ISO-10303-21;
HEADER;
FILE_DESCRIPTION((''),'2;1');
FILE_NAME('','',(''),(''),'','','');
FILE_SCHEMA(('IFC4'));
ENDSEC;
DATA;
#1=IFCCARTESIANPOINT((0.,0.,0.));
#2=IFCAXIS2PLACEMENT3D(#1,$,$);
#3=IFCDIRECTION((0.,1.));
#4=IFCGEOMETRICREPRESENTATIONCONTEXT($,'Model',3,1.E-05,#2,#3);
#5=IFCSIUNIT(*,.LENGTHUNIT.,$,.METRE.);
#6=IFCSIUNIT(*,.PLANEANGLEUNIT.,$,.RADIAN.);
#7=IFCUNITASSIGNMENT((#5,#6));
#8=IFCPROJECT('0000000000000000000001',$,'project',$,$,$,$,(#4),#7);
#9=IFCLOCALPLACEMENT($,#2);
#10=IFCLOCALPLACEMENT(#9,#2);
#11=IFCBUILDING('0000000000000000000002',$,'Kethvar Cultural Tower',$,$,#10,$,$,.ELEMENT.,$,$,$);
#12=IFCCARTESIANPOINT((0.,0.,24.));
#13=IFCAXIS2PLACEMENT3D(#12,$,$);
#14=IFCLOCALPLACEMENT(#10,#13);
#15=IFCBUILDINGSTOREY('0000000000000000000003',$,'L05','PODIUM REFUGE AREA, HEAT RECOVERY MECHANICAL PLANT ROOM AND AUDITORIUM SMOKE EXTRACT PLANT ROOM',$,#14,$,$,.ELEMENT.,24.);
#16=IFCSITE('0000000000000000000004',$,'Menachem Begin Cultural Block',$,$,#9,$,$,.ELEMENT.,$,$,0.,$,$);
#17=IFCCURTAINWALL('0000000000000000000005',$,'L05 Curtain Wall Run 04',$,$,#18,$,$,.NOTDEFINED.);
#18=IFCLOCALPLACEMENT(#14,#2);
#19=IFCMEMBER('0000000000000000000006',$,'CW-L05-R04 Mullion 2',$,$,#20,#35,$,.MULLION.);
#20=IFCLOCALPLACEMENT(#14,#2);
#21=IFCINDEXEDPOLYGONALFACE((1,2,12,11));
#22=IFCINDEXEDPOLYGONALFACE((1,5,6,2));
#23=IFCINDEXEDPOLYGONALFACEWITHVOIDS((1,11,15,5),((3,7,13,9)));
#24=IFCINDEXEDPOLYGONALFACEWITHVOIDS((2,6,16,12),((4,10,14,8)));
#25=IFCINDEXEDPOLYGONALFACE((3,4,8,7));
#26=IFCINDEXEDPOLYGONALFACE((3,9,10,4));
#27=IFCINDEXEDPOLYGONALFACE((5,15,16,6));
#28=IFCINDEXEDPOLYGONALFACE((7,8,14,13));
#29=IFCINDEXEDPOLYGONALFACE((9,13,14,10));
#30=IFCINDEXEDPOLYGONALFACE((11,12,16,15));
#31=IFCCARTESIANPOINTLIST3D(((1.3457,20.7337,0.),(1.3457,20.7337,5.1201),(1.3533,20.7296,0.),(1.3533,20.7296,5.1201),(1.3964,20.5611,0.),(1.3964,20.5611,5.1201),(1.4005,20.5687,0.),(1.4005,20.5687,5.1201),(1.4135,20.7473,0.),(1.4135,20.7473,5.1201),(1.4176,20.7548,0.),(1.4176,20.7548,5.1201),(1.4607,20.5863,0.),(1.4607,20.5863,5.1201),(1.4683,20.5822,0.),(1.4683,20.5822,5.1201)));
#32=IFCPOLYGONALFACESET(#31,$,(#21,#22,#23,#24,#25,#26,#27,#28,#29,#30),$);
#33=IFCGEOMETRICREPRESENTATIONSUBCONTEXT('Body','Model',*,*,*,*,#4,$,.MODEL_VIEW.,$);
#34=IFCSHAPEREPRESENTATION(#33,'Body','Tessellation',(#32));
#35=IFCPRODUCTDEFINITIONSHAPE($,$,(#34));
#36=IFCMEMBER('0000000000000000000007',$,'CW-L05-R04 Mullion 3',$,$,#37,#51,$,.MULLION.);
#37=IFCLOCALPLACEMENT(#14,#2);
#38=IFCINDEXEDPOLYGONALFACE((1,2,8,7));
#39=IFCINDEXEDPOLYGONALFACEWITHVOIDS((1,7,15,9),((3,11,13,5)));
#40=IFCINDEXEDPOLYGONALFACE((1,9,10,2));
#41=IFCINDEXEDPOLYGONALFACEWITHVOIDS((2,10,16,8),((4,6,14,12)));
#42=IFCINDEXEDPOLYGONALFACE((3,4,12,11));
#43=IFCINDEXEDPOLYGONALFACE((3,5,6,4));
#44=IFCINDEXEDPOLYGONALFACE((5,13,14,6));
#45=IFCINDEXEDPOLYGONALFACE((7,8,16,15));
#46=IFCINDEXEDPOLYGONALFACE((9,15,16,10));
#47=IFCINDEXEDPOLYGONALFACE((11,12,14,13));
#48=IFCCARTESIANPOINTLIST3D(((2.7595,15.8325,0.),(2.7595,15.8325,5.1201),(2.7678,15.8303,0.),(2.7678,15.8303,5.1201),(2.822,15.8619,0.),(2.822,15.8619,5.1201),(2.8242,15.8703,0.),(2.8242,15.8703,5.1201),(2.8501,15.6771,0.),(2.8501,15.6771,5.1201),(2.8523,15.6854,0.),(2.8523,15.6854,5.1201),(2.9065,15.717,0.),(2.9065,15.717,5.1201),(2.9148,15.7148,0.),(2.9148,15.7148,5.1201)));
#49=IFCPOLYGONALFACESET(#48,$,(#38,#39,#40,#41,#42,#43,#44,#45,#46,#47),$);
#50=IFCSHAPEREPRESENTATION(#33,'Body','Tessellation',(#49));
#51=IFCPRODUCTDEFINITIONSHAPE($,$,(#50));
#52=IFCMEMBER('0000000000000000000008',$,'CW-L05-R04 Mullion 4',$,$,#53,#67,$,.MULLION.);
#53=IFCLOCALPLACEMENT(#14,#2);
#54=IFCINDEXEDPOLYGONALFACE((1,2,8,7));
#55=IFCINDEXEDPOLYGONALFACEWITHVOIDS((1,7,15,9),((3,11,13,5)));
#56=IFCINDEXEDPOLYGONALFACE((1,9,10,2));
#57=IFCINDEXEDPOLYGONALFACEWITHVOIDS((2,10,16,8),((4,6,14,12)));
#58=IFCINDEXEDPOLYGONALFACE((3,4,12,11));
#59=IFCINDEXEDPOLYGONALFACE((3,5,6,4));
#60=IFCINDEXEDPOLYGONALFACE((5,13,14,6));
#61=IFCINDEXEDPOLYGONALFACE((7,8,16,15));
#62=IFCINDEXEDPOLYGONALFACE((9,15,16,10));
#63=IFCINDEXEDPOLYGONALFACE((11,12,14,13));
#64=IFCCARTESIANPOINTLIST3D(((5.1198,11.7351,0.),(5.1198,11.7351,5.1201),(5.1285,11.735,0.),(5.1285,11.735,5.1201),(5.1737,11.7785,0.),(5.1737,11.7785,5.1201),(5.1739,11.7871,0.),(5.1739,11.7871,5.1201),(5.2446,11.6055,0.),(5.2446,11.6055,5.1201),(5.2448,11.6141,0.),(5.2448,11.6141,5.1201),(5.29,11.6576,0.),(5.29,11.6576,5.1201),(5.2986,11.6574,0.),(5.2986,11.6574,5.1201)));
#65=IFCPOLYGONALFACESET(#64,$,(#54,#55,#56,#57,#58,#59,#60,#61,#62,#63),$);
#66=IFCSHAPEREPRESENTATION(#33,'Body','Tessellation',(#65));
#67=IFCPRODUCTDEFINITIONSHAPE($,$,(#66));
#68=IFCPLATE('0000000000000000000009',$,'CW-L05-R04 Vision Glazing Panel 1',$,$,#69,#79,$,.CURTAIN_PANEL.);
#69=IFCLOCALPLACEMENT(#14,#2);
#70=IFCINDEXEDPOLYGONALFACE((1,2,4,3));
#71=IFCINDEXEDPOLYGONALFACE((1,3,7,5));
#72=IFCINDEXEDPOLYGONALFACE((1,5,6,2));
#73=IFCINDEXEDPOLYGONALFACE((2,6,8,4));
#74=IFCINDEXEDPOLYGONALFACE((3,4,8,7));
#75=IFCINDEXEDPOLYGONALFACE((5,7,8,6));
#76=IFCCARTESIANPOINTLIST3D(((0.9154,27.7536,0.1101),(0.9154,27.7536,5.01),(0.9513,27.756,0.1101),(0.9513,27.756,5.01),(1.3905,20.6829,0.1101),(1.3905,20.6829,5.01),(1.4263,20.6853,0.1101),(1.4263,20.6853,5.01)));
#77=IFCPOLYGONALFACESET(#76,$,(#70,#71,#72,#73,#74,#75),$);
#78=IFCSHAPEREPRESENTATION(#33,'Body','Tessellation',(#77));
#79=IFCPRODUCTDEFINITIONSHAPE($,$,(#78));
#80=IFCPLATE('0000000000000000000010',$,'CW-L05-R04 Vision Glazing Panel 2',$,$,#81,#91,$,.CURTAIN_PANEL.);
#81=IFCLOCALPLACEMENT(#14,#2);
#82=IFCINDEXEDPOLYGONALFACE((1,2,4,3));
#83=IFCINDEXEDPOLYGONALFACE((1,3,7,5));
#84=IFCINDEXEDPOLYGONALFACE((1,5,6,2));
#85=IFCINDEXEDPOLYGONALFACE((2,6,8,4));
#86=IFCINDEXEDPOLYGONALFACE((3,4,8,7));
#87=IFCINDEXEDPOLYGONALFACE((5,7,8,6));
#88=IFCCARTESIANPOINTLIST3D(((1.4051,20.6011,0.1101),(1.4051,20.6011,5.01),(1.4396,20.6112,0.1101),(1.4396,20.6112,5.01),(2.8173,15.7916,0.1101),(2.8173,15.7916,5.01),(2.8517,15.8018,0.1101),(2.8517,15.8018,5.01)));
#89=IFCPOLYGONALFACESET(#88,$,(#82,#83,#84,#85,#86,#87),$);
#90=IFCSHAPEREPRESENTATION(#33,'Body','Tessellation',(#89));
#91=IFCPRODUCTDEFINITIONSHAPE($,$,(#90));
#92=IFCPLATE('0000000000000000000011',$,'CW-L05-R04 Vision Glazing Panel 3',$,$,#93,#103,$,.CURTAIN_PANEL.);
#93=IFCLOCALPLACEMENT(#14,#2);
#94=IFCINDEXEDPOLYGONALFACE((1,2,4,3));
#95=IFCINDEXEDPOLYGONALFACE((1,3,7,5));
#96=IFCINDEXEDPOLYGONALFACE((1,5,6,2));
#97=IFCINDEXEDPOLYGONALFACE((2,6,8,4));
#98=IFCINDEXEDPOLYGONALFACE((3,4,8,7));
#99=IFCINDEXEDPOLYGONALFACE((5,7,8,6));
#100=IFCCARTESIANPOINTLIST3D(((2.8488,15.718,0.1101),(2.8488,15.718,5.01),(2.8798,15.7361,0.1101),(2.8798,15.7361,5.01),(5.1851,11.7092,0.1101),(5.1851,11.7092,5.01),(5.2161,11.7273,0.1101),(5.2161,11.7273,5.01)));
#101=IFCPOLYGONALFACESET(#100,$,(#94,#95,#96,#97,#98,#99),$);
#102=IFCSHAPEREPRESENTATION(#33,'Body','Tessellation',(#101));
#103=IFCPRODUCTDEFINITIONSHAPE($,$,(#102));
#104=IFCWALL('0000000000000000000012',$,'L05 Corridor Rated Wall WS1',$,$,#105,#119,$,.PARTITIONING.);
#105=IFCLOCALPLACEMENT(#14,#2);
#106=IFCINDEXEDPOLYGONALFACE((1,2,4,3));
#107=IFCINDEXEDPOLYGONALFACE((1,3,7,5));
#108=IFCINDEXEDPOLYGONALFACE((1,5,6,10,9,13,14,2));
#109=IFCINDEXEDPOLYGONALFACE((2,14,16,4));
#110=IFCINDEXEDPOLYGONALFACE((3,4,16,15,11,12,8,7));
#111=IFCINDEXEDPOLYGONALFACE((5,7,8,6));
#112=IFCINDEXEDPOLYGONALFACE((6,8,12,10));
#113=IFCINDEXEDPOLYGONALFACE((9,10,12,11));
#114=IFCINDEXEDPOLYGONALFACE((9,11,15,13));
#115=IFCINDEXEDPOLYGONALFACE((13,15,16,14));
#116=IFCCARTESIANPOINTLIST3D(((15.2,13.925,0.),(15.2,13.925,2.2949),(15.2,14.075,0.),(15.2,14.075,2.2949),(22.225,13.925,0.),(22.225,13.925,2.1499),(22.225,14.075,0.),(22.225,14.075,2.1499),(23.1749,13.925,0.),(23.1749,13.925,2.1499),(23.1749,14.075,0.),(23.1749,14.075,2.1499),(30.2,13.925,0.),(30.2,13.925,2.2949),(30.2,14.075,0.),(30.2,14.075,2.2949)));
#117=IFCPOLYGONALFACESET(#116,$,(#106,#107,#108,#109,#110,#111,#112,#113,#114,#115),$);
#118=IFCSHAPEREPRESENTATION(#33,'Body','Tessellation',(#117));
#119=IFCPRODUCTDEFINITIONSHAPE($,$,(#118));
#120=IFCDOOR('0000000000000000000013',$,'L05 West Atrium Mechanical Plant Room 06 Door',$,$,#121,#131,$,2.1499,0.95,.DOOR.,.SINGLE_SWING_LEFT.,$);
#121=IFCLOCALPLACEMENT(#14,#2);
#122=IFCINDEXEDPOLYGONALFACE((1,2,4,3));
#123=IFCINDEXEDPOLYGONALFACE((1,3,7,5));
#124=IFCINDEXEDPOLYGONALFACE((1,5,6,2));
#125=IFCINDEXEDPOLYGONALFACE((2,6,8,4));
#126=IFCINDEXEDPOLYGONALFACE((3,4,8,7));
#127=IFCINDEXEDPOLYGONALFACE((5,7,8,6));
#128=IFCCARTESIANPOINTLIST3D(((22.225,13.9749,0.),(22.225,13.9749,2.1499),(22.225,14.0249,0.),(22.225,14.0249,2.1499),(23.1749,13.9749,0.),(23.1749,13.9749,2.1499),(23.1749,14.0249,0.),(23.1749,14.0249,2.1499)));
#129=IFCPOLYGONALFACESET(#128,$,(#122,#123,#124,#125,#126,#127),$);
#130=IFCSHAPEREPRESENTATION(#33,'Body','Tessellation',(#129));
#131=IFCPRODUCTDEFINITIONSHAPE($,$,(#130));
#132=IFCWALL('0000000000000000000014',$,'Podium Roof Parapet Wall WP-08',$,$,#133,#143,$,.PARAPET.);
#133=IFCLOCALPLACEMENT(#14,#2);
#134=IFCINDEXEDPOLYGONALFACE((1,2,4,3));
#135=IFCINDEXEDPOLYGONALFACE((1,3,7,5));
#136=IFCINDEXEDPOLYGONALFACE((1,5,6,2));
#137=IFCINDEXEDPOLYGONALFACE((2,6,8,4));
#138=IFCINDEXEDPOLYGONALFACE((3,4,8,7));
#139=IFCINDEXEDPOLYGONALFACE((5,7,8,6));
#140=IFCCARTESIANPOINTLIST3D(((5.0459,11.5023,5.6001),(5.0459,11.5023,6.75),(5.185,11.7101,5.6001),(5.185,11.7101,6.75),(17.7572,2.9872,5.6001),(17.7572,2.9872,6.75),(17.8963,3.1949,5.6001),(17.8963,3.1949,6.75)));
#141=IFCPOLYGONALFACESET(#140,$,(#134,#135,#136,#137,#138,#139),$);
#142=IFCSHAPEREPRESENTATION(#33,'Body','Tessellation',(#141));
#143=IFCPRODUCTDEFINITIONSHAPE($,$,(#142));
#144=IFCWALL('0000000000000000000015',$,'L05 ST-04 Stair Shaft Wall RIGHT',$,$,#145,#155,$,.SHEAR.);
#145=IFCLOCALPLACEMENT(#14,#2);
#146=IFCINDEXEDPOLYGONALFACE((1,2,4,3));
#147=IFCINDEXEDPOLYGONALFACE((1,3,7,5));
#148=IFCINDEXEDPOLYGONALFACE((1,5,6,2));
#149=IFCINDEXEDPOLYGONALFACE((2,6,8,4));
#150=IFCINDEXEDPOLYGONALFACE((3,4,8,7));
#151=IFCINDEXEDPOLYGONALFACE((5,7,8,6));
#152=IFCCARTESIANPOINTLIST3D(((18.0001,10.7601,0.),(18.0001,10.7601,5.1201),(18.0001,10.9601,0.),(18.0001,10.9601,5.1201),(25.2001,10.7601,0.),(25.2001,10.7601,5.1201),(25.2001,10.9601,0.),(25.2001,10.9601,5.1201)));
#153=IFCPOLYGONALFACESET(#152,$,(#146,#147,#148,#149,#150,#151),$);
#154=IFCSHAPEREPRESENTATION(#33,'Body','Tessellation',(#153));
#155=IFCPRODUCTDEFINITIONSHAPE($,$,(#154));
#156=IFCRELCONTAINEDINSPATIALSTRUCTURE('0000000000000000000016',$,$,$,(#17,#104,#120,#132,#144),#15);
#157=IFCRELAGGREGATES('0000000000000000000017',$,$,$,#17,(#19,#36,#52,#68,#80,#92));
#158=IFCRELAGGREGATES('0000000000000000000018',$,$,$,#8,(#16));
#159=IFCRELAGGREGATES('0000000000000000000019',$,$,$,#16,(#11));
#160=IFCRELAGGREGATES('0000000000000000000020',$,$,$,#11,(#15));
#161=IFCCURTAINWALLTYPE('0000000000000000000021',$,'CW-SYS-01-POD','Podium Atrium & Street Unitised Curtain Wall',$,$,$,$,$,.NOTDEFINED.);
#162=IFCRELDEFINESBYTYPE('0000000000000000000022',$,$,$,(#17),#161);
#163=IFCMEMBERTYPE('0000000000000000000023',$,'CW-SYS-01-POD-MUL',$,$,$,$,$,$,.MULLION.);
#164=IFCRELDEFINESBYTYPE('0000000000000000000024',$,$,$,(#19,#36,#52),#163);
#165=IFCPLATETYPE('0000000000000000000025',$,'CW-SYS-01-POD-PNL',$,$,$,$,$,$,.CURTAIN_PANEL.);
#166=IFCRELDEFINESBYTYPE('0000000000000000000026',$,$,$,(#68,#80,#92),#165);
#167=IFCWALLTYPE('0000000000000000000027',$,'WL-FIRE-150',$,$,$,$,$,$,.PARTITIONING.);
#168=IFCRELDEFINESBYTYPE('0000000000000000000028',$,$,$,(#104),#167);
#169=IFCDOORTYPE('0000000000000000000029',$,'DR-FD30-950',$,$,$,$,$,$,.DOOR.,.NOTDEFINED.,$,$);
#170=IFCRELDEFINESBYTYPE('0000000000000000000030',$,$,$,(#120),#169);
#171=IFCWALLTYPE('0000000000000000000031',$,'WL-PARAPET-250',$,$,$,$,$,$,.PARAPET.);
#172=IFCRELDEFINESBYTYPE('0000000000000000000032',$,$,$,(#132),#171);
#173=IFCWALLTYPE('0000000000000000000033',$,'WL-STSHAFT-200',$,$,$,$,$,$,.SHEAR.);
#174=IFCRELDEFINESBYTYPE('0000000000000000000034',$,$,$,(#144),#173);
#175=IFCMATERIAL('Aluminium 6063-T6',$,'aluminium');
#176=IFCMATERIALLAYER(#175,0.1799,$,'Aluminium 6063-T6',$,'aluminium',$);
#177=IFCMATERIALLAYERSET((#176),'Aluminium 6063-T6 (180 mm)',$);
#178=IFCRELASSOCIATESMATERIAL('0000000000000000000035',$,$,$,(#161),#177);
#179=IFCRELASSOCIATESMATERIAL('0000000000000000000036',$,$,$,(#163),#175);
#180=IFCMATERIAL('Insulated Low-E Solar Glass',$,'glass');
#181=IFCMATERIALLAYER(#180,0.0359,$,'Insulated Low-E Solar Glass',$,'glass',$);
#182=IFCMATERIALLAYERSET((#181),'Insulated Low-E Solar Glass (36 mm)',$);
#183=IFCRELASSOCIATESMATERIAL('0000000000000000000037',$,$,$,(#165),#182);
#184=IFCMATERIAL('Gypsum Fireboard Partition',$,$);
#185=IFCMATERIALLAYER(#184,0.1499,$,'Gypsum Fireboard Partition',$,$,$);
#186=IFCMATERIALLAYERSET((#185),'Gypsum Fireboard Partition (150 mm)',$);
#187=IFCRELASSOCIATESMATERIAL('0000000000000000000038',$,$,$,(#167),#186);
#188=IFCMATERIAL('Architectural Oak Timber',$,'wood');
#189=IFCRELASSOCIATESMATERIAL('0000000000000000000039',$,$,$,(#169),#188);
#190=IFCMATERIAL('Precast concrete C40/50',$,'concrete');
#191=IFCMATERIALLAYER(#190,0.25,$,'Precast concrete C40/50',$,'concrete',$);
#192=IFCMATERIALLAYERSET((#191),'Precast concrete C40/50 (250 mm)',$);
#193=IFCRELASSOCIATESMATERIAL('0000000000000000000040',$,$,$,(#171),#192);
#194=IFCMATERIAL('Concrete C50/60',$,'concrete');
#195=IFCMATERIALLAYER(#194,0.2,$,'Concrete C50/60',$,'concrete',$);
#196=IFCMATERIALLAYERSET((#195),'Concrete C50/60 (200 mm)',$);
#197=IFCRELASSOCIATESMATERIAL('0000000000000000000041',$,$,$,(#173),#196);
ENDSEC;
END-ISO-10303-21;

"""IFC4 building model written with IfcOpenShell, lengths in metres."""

from ifc_helpers import new_model, si_unit, direction, frame, frame_2d, origin, origin_2d, place, context, subcontext, project, spatial, rectangle, hollow_rectangle, extrude, source, transform, mapped, material, layer, layer_set, material_profile, profile_set, type_object, element, fill, aggregate, save


model = new_model("IFC4")

# Units and contexts
model_context = context("Model", 3, precision=1e-05, world=origin(), true_north=direction((0.0, 1.0)))
body_context = subcontext(model_context, "Body", "Model", "MODEL_VIEW")
ifc_project = project(units=[si_unit("LENGTHUNIT", "METRE"), si_unit("PLANEANGLEUNIT", "RADIAN")], contexts=[model_context])

# Site, building, storey
site_placement = place(None, origin())
site = spatial("IfcSite", under=ifc_project, at=site_placement, Name="Menachem Begin Cultural Block", CompositionType="ELEMENT", RefElevation=0.0)
building_placement = place(site_placement, origin())
building = spatial("IfcBuilding", under=site, at=building_placement, Name="Kethvar Cultural Tower", CompositionType="ELEMENT")
storey_placement = place(building_placement, frame((0.0, 0.0, 24.0)))
storey = spatial("IfcBuildingStorey", under=building, at=storey_placement, Name="L05", Description="PODIUM REFUGE AREA, HEAT RECOVERY MECHANICAL PLANT ROOM AND AUDITORIUM SMOKE EXTRACT PLANT ROOM", CompositionType="ELEMENT", Elevation=24.0)

# Curtain wall, members, plates
ifc_material_1 = material(Name="Aluminium 6063-T6", Category="aluminium")
ifc_layer_1 = layer(ifc_material_1, 0.1799, Name="Aluminium 6063-T6", Category="aluminium")
ifc_layer_set_1 = layer_set([ifc_layer_1], Name="Aluminium 6063-T6 (180 mm)")
curtain_wall_type = type_object("IfcCurtainWallType", Name="CW-SYS-01-POD", Description="Podium Atrium & Street Unitised Curtain Wall", PredefinedType="NOTDEFINED", material=ifc_layer_set_1)
curtain_wall_placement = place(storey_placement, origin())
curtain_wall = element("IfcCurtainWall", 1, at=curtain_wall_placement, inside=storey, type_object=curtain_wall_type, Name="L05 Curtain Wall Run 04", PredefinedType="NOTDEFINED")
ifc_material_profile_1 = material_profile(ifc_material_1, hollow_rectangle(XDim=0.075, YDim=0.1799, WallThickness=0.0061, at=origin_2d()), Name="Aluminium 6063-T6 — RHS180x75x6")
ifc_profile_set_1 = profile_set([ifc_material_profile_1], Name="Aluminium 6063-T6 — RHS180x75x6")
member_type_1 = type_object("IfcMemberType", Name="CW-SYS-01-POD-MUL", PredefinedType="MULLION", material=ifc_profile_set_1)
shared_shape_1 = source(origin(), body_context, "Body", "SweptSolid", [
    extrude(hollow_rectangle(XDim=0.075, YDim=0.1799, WallThickness=0.0061, at=origin_2d()), origin(), (0.0, 0.0, 1.0), 5.1201),
])
member_1_placement = place(storey_placement, frame((1.407, 20.658, 0.0), z_axis=(0.0, 0.0, 1.0), x_axis=(0.959496, 0.281722, 0.0)))
member_1 = element("IfcMember", 2, at=member_1_placement, type_object=member_type_1, Name="CW-L05-R04 Mullion 2", PredefinedType="MULLION", context=body_context, shape_type="MappedRepresentation", body=[
    mapped(shared_shape_1, transform((0.0, 0.0, 0.0), scale=1.0)),
])
member_2_placement = place(storey_placement, frame((2.8372, 15.7737, 0.0), z_axis=(0.0, 0.0, 1.0), x_axis=(0.863985, 0.503518, 0.0)))
member_2 = element("IfcMember", 3, at=member_2_placement, type_object=member_type_1, Name="CW-L05-R04 Mullion 3", PredefinedType="MULLION", context=body_context, shape_type="MappedRepresentation", body=[
    mapped(shared_shape_1, transform((0.0, 0.0, 0.0), scale=1.0)),
])
member_3_placement = place(storey_placement, frame((5.2092, 11.6963, 0.0), z_axis=(0.0, 0.0, 1.0), x_axis=(0.720612, 0.693339, 0.0)))
member_3 = element("IfcMember", 4, at=member_3_placement, type_object=member_type_1, Name="CW-L05-R04 Mullion 4", PredefinedType="MULLION", context=body_context, shape_type="MappedRepresentation", body=[
    mapped(shared_shape_1, transform((0.0, 0.0, 0.0), scale=1.0)),
])
ifc_material_2 = material(Name="Insulated Low-E Solar Glass", Category="glass")
ifc_layer_2 = layer(ifc_material_2, 0.0359, Name="Insulated Low-E Solar Glass", Category="glass")
ifc_layer_set_2 = layer_set([ifc_layer_2], Name="Insulated Low-E Solar Glass (36 mm)")
plate_type = type_object("IfcPlateType", Name="CW-SYS-01-POD-PNL", PredefinedType="CURTAIN_PANEL", material=ifc_layer_set_2)
shared_shape_2 = source(origin(), body_context, "Body", "SweptSolid", [
    extrude(rectangle(XDim=7.0867, YDim=0.0359, at=origin_2d()), origin(), (0.0, 0.0, 1.0), 4.8999),
])
plate_1_placement = place(storey_placement, frame((1.1709, 24.2195, 0.1101), z_axis=(0.0, 0.0, 1.0), x_axis=(0.06704, -0.99775, 0.0)))
plate_1 = element("IfcPlate", 5, at=plate_1_placement, type_object=plate_type, Name="CW-L05-R04 Vision Glazing Panel 1", PredefinedType="CURTAIN_PANEL", context=body_context, shape_type="MappedRepresentation", body=[
    mapped(shared_shape_2, transform((0.0, 0.0, 0.0), scale=1.0)),
])
shared_shape_3 = source(origin(), body_context, "Body", "SweptSolid", [
    extrude(rectangle(XDim=5.0125, YDim=0.0359, at=origin_2d()), origin(), (0.0, 0.0, 1.0), 4.8999),
])
plate_2_placement = place(storey_placement, frame((2.1284, 18.2014, 0.1101), z_axis=(0.0, 0.0, 1.0), x_axis=(0.281722, -0.959496, 0.0)))
plate_2 = element("IfcPlate", 6, at=plate_2_placement, type_object=plate_type, Name="CW-L05-R04 Vision Glazing Panel 2", PredefinedType="CURTAIN_PANEL", context=body_context, shape_type="MappedRepresentation", body=[
    mapped(shared_shape_3, transform((0.0, 0.0, 0.0), scale=1.0)),
])
shared_shape_4 = source(origin(), body_context, "Body", "SweptSolid", [
    extrude(rectangle(XDim=4.6399, YDim=0.0359, at=origin_2d()), origin(), (0.0, 0.0, 1.0), 4.8999),
])
plate_3_placement = place(storey_placement, frame((4.0325, 13.7227, 0.1101), z_axis=(0.0, 0.0, 1.0), x_axis=(0.503518, -0.863985, 0.0)))
plate_3 = element("IfcPlate", 7, at=plate_3_placement, type_object=plate_type, Name="CW-L05-R04 Vision Glazing Panel 3", PredefinedType="CURTAIN_PANEL", context=body_context, shape_type="MappedRepresentation", body=[
    mapped(shared_shape_4, transform((0.0, 0.0, 0.0), scale=1.0)),
])
aggregate(curtain_wall, [member_1, member_2, member_3, plate_1, plate_2, plate_3])

# Wall, opening, door
ifc_material_3 = material(Name="Gypsum Fireboard Partition")
ifc_layer_3 = layer(ifc_material_3, 0.1499, Name="Gypsum Fireboard Partition")
ifc_layer_set_3 = layer_set([ifc_layer_3], Name="Gypsum Fireboard Partition (150 mm)")
wall_type_1 = type_object("IfcWallType", Name="WL-FIRE-150", PredefinedType="PARTITIONING", material=ifc_layer_set_3)
wall_1_placement = place(storey_placement, frame((15.2, 14.0, 0.0), z_axis=(0.0, 0.0, 1.0), x_axis=(1.0, 0.0, 0.0)))
wall_1 = element("IfcWall", 8, at=wall_1_placement, inside=storey, type_object=wall_type_1, Name="L05 Corridor Rated Wall WS1", PredefinedType="PARTITIONING", context=body_context, shape_type="SweptSolid", body=[
    extrude(rectangle(XDim=15.0, YDim=0.1499, at=frame_2d((7.5, 0.0))), origin(), (0.0, 0.0, 1.0), 2.2949),
])
opening_placement = place(wall_1_placement, frame((7.0249, 0.0, 0.0)))
opening = element("IfcOpeningElement", 9, at=opening_placement, cuts=wall_1, PredefinedType="OPENING", context=body_context, shape_type="SweptSolid", body=[
    extrude(rectangle(XDim=0.95, YDim=2.1499, at=frame_2d((0.4751, 1.075))), frame((0.0, 0.085, 0.0), z_axis=(0.0, -1.0, 0.0), x_axis=(1.0, 0.0, 0.0)), (0.0, 0.0, 1.0), 0.1699),
])
ifc_material_4 = material(Name="Architectural Oak Timber", Category="wood")
door_type = type_object("IfcDoorType", Name="DR-FD30-950", OperationType="NOTDEFINED", PredefinedType="DOOR", material=ifc_material_4)
shared_shape_5 = source(origin(), body_context, "Body", "SweptSolid", [
    extrude(rectangle(XDim=0.95, YDim=2.1499, at=frame_2d((0.4751, 1.075))), frame((0.0, 0.0249, 0.0), z_axis=(0.0, -1.0, 0.0), x_axis=(1.0, 0.0, 0.0)), (0.0, 0.0, 1.0), 0.05),
])
door_placement = place(opening_placement, origin())
door = element("IfcDoor", 10, at=door_placement, inside=storey, type_object=door_type, Name="L05 West Atrium Mechanical Plant Room 06 Door", OperationType="SINGLE_SWING_LEFT", OverallHeight=2.1499, OverallWidth=0.95, PredefinedType="DOOR", context=body_context, shape_type="MappedRepresentation", body=[
    mapped(shared_shape_5, transform((0.0, 0.0, 0.0), scale=1.0)),
])
fill(opening, door)

# Walls
ifc_material_5 = material(Name="Precast concrete C40/50", Category="concrete")
ifc_layer_4 = layer(ifc_material_5, 0.25, Name="Precast concrete C40/50", Category="concrete")
ifc_layer_set_4 = layer_set([ifc_layer_4], Name="Precast concrete C40/50 (250 mm)")
wall_type_2 = type_object("IfcWallType", Name="WL-PARAPET-250", PredefinedType="PARAPET", material=ifc_layer_set_4)
wall_2_placement = place(storey_placement, frame((5.1155, 11.6062, 5.6001), z_axis=(0.0, 0.0, 1.0), x_axis=(0.830811, -0.556555, 0.0)))
element("IfcWall", 11, at=wall_2_placement, inside=storey, type_object=wall_type_2, Name="Podium Roof Parapet Wall WP-08", PredefinedType="PARAPET", context=body_context, shape_type="SweptSolid", body=[
    extrude(rectangle(XDim=15.2998, YDim=0.25, at=frame_2d((7.6499, 0.0))), origin(), (0.0, 0.0, 1.0), 1.1499),
])
ifc_material_6 = material(Name="Concrete C50/60", Category="concrete")
ifc_layer_5 = layer(ifc_material_6, 0.2, Name="Concrete C50/60", Category="concrete")
ifc_layer_set_5 = layer_set([ifc_layer_5], Name="Concrete C50/60 (200 mm)")
wall_type_3 = type_object("IfcWallType", Name="WL-STSHAFT-200", PredefinedType="SHEAR", material=ifc_layer_set_5)
wall_3_placement = place(storey_placement, frame((18.0, 10.8601, 0.0), z_axis=(0.0, 0.0, 1.0), x_axis=(1.0, 0.0, 0.0)))
element("IfcWall", 12, at=wall_3_placement, inside=storey, type_object=wall_type_3, Name="L05 ST-04 Stair Shaft Wall RIGHT", PredefinedType="SHEAR", context=body_context, shape_type="SweptSolid", body=[
    extrude(rectangle(XDim=7.2, YDim=0.2, at=frame_2d((3.6001, 0.0))), origin(), (0.0, 0.0, 1.0), 5.1201),
])

save(model, "model.ifc")
